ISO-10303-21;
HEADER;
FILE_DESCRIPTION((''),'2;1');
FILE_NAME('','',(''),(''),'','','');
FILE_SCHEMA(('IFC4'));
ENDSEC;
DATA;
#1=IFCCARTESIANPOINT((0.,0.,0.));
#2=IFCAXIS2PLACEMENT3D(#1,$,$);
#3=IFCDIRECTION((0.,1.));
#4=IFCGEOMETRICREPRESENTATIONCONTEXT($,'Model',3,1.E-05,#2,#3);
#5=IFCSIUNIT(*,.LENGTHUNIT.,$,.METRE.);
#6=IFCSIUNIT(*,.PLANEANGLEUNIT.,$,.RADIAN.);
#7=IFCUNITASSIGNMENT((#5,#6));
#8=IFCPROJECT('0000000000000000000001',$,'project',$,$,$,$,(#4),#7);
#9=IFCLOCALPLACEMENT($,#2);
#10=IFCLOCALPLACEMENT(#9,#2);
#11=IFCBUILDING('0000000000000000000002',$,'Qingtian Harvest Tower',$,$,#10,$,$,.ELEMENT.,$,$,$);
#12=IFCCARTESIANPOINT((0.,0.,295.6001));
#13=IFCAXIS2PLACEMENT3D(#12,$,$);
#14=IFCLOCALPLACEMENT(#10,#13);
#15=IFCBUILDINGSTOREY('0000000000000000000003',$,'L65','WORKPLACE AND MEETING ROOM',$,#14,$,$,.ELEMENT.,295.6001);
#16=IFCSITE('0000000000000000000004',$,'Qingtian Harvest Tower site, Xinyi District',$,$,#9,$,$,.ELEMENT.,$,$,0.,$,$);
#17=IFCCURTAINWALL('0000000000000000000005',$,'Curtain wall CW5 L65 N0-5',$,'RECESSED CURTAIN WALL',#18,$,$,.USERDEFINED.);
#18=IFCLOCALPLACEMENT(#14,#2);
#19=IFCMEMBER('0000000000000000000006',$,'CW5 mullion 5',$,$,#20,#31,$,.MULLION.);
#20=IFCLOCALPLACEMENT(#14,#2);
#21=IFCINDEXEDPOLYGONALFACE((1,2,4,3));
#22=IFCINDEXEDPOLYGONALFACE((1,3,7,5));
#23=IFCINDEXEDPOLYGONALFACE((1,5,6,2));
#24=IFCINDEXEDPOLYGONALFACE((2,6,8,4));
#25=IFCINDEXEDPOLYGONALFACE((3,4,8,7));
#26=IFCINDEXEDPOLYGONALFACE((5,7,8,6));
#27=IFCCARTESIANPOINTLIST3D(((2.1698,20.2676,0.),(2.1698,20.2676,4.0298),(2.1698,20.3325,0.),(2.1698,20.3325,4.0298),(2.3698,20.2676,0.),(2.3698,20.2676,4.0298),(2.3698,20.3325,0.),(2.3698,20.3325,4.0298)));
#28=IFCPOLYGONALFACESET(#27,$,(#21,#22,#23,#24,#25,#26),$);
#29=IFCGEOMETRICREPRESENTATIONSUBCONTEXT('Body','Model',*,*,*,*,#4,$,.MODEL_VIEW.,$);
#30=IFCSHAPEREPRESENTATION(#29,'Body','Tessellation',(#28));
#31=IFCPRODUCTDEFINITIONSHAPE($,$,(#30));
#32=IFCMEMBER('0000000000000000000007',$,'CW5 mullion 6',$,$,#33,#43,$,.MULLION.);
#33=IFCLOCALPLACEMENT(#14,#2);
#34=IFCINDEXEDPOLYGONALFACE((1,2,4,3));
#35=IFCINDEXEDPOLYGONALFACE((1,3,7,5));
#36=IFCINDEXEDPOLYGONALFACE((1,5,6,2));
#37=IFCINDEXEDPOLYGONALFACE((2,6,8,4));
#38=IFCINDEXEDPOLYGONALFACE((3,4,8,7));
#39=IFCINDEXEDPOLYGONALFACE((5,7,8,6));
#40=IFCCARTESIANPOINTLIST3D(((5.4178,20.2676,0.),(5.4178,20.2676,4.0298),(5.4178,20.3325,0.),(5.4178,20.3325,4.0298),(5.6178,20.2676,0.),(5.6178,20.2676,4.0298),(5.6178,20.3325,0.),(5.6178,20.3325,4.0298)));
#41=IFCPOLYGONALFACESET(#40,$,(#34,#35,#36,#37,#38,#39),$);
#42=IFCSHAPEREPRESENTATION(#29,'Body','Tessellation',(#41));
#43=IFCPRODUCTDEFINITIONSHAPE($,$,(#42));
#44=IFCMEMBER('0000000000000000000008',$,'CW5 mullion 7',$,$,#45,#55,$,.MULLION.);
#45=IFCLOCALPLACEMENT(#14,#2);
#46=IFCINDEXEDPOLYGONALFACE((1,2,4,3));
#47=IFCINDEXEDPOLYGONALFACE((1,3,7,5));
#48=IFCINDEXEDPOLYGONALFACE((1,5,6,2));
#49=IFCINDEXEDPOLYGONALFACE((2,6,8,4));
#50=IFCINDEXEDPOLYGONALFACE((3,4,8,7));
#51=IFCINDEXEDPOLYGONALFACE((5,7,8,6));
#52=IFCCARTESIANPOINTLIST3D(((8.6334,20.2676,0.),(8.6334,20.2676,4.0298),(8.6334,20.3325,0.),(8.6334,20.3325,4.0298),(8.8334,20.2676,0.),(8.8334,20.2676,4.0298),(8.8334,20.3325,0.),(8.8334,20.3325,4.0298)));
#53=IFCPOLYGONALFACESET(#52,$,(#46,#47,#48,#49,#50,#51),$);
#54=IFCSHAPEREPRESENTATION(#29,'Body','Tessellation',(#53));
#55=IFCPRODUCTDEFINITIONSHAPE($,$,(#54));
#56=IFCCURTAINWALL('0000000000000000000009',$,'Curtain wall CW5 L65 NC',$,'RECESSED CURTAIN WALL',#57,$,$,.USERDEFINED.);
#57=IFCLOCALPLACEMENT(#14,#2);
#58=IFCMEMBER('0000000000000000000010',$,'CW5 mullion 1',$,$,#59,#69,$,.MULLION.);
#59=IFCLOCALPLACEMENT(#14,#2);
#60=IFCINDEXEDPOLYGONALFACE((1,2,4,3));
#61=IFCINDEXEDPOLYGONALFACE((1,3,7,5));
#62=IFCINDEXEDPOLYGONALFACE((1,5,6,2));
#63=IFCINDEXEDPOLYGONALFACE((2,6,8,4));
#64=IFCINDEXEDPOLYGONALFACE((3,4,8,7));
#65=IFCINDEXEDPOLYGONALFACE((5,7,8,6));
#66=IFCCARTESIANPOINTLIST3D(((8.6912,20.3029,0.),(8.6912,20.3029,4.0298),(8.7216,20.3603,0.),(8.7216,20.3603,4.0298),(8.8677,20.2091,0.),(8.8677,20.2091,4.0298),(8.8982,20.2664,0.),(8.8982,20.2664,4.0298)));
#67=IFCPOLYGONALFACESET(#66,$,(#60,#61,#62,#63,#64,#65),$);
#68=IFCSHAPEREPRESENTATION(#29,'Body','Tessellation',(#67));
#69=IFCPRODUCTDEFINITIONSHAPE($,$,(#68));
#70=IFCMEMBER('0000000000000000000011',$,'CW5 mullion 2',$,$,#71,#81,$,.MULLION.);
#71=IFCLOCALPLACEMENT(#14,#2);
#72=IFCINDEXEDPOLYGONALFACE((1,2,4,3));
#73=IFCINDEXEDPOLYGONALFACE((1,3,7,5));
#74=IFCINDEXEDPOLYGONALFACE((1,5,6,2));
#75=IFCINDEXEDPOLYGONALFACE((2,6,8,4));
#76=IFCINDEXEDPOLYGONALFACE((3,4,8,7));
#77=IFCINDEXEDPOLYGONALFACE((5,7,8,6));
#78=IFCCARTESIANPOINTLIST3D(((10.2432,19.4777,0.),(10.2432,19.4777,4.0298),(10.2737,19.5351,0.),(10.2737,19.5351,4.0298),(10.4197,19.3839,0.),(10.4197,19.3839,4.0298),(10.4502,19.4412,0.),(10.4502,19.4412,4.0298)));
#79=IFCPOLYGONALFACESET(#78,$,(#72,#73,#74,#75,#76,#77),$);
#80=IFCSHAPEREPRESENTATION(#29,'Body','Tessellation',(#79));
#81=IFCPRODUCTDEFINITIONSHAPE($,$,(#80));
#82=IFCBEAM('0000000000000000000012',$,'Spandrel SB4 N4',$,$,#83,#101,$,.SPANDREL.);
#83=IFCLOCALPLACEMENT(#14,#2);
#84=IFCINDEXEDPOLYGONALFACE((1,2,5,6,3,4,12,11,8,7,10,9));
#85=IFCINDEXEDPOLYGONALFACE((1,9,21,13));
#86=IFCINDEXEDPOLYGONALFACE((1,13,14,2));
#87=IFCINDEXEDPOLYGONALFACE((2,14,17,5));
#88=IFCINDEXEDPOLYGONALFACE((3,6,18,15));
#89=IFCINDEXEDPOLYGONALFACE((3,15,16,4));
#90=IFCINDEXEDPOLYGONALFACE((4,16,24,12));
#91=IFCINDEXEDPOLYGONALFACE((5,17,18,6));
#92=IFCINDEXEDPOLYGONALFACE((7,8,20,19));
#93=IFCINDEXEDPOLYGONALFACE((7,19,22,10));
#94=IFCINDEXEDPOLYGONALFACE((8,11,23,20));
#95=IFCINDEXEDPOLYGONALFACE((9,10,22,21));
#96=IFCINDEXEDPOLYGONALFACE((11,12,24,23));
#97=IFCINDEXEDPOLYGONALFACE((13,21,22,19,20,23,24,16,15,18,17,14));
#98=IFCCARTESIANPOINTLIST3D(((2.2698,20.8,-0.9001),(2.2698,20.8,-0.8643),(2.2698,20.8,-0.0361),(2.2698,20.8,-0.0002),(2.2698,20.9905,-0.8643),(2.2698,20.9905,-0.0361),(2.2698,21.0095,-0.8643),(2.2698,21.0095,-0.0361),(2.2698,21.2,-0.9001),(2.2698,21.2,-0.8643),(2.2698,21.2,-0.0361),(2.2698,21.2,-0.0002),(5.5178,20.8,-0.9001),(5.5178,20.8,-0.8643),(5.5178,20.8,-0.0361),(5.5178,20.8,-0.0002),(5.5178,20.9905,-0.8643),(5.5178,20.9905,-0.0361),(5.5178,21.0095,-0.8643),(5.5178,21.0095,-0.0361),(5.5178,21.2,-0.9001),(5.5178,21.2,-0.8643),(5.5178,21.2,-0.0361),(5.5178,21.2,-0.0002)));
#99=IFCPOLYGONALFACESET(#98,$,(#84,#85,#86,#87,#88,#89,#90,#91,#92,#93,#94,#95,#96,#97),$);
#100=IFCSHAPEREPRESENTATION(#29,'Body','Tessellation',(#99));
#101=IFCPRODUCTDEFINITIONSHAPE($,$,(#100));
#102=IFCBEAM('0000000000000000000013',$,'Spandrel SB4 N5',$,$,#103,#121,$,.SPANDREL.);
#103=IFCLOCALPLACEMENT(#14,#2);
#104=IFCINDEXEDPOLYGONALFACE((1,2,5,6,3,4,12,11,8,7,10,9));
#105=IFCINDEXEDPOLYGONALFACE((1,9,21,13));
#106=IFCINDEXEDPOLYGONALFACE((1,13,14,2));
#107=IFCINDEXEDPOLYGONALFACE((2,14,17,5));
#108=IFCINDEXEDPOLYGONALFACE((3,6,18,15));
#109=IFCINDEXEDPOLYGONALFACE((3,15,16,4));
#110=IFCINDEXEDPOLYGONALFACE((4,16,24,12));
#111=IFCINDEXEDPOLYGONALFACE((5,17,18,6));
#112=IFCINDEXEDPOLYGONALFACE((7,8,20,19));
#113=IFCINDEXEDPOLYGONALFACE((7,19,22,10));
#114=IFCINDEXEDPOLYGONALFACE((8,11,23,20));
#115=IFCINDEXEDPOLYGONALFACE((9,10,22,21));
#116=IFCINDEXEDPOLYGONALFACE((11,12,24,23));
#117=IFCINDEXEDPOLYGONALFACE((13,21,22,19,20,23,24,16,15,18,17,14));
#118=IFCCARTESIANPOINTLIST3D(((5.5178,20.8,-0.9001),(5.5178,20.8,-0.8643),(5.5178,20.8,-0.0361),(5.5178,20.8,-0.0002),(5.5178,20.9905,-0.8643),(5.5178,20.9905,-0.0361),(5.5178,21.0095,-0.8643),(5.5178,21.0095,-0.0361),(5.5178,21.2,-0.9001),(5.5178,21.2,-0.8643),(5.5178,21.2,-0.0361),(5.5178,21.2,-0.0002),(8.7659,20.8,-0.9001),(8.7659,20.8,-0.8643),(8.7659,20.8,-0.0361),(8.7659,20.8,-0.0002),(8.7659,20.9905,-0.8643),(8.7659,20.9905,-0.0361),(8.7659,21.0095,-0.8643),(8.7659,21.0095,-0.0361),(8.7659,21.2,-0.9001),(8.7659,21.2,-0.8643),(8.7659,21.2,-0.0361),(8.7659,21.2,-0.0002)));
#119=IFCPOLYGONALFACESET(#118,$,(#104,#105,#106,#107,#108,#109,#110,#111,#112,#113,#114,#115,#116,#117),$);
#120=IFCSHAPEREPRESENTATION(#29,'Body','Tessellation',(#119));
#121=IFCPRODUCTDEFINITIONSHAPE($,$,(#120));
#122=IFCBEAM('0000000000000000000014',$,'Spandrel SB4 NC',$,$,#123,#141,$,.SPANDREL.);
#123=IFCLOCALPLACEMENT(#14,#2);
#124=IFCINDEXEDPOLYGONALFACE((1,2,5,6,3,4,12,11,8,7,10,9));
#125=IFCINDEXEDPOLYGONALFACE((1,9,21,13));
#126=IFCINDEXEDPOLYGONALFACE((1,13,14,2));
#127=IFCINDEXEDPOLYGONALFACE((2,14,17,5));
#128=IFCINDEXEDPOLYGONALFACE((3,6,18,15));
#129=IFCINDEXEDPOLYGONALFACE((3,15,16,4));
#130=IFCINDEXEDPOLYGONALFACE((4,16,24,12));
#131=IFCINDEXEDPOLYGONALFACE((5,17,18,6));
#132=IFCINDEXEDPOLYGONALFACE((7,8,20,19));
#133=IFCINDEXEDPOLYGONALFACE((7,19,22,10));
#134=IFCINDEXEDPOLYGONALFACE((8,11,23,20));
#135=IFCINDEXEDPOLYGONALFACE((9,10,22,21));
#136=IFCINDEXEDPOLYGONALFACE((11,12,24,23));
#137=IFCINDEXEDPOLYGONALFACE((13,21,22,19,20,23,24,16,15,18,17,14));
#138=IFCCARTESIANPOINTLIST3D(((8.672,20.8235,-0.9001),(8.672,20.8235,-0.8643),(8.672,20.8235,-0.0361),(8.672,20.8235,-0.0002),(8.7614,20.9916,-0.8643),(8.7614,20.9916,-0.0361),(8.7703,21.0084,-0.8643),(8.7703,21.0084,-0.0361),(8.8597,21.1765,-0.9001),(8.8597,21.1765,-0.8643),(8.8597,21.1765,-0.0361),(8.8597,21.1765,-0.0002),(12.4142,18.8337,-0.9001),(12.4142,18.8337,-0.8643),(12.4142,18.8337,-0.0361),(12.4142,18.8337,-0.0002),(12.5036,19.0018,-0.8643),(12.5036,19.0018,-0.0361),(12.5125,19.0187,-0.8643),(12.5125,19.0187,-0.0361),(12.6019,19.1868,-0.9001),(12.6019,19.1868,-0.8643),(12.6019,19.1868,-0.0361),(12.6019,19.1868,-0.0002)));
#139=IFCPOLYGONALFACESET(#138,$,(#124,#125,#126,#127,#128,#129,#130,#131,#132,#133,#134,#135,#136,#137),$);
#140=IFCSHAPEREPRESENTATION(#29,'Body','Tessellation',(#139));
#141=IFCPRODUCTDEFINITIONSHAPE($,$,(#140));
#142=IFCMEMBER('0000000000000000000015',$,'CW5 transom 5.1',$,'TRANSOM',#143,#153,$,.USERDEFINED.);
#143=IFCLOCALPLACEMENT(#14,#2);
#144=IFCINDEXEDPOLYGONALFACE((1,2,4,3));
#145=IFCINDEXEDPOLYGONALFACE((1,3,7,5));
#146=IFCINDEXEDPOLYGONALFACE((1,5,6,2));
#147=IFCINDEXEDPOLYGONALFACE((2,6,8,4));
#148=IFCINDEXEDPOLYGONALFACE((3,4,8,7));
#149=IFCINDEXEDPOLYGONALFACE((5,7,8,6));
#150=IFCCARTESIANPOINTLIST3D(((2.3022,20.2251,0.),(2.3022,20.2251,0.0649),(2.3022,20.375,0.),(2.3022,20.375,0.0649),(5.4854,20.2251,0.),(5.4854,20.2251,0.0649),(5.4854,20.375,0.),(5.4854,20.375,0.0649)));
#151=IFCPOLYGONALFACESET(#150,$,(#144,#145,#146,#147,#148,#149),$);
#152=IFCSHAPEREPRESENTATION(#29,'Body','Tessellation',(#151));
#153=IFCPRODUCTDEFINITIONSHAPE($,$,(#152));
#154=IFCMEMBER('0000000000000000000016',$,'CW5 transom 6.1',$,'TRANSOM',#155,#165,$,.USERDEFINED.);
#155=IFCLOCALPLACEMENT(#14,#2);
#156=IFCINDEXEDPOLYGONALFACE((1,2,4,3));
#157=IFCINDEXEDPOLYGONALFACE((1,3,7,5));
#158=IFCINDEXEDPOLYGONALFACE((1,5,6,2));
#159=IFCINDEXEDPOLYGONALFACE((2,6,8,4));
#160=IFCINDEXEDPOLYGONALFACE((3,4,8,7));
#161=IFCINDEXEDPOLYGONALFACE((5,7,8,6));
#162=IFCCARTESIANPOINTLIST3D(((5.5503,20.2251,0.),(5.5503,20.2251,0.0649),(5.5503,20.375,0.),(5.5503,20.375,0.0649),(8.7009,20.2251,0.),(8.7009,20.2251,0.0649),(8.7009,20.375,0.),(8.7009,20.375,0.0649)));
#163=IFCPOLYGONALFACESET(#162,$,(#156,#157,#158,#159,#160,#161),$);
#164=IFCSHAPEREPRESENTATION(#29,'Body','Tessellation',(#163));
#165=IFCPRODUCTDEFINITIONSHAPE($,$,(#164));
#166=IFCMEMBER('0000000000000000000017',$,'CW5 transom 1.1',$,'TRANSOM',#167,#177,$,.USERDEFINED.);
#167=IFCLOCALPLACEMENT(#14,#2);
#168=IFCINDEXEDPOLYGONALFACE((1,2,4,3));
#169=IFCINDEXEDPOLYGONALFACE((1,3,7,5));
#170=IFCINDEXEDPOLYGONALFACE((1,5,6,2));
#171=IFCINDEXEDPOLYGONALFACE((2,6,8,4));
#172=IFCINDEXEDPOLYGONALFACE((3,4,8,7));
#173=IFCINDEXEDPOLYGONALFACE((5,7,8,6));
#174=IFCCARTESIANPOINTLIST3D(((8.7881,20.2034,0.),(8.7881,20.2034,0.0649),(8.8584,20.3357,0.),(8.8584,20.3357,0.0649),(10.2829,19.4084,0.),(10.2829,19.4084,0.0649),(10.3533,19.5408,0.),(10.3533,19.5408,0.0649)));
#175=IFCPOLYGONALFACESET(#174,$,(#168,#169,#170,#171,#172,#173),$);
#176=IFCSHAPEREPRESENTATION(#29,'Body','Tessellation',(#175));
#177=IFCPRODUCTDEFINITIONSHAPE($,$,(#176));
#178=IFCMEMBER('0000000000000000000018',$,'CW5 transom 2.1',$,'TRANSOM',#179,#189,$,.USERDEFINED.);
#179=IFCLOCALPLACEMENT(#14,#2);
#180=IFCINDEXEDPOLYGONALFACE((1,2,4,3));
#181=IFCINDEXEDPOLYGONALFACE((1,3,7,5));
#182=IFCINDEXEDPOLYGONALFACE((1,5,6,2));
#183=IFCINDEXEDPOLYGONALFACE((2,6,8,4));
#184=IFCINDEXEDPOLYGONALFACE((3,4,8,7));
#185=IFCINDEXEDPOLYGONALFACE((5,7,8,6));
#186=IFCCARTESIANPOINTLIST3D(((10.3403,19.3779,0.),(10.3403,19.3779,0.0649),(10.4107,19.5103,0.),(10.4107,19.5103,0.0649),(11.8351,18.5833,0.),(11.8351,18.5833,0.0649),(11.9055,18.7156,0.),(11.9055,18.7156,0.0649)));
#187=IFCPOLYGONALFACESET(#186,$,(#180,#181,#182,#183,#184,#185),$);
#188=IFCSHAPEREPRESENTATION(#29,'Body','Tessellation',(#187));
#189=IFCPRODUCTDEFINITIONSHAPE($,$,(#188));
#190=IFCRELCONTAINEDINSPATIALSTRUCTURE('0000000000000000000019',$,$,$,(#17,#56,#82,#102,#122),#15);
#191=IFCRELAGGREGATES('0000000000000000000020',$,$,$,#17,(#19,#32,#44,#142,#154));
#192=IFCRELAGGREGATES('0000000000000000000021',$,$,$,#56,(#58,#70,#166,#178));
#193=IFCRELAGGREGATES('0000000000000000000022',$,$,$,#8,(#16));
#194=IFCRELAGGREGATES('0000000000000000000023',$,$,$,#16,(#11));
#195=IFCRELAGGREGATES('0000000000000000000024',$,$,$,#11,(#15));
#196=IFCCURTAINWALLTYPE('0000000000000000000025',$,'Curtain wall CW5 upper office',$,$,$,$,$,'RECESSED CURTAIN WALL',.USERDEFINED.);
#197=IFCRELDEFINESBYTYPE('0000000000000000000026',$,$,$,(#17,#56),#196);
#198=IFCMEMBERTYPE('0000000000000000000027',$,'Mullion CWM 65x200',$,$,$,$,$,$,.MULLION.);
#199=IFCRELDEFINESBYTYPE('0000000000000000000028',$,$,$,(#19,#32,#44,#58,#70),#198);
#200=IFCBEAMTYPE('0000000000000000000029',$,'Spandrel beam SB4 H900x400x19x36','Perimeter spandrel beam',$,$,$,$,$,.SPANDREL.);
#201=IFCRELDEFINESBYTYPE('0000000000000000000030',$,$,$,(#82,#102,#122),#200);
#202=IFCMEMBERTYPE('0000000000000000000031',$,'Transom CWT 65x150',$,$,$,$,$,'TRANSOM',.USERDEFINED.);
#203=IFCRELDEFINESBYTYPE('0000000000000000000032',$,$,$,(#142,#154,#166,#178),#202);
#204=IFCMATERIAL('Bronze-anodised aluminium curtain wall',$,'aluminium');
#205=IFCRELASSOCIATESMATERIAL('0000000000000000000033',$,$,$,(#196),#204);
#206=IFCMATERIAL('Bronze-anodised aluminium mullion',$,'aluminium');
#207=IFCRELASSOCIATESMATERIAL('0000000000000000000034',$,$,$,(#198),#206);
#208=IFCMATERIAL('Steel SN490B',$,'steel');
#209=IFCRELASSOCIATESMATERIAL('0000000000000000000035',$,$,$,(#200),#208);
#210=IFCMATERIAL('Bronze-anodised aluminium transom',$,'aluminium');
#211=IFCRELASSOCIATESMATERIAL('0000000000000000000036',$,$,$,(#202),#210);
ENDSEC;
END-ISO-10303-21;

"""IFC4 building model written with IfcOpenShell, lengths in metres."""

from ifc_helpers import new_model, si_unit, direction, frame, origin, origin_2d, place, context, subcontext, project, spatial, rectangle, i_section, extrude, material, material_profile, profile_set, type_object, element, aggregate, save


model = new_model("IFC4")

# Units and contexts
model_context = context("Model", 3, precision=1e-05, world=origin(), true_north=direction((0.0, 1.0)))
body_context = subcontext(model_context, "Body", "Model", "MODEL_VIEW")
ifc_project = project(units=[si_unit("LENGTHUNIT", "METRE"), si_unit("PLANEANGLEUNIT", "RADIAN")], contexts=[model_context])

# Site, building, storey
site_placement = place(None, origin())
site = spatial("IfcSite", under=ifc_project, at=site_placement, Name="Qingtian Harvest Tower site, Xinyi District", CompositionType="ELEMENT", RefElevation=0.0)
building_placement = place(site_placement, origin())
building = spatial("IfcBuilding", under=site, at=building_placement, Name="Qingtian Harvest Tower", CompositionType="ELEMENT")
storey_placement = place(building_placement, frame((0.0, 0.0, 295.6001)))
storey = spatial("IfcBuildingStorey", under=building, at=storey_placement, Name="L65", Description="WORKPLACE AND MEETING ROOM", CompositionType="ELEMENT", Elevation=295.6001)

# Curtain walls, members
ifc_material_1 = material(Name="Bronze-anodised aluminium curtain wall", Category="aluminium")
curtain_wall_type = type_object("IfcCurtainWallType", Name="Curtain wall CW5 upper office", ElementType="RECESSED CURTAIN WALL", PredefinedType="USERDEFINED", material=ifc_material_1)
curtain_wall_1_placement = place(storey_placement, origin())
curtain_wall_1 = element("IfcCurtainWall", 1, at=curtain_wall_1_placement, inside=storey, type_object=curtain_wall_type, Name="Curtain wall CW5 L65 N0-5", ObjectType="RECESSED CURTAIN WALL", PredefinedType="USERDEFINED")
ifc_material_2 = material(Name="Bronze-anodised aluminium mullion", Category="aluminium")
ifc_material_profile_1 = material_profile(ifc_material_2, rectangle(XDim=0.0649, YDim=0.2, at=origin_2d()), Name="AL 65x200")
ifc_profile_set_1 = profile_set([ifc_material_profile_1], Name="Bronze-anodised aluminium mullion")
member_type_1 = type_object("IfcMemberType", Name="Mullion CWM 65x200", PredefinedType="MULLION", material=ifc_profile_set_1)
member_1_placement = place(storey_placement, frame((2.2698, 20.3, 0.0), z_axis=(0.0, 0.0, 1.0), x_axis=(0.0, 1.0, 0.0)))
member_1 = element("IfcMember", 2, at=member_1_placement, type_object=member_type_1, Name="CW5 mullion 5", PredefinedType="MULLION", context=body_context, shape_type="SweptSolid", body=[
    extrude(rectangle(XDim=0.0649, YDim=0.2, at=origin_2d()), origin(), (0.0, 0.0, 1.0), 4.0298),
])
member_2_placement = place(storey_placement, frame((5.5178, 20.3, 0.0), z_axis=(0.0, 0.0, 1.0), x_axis=(0.0, 1.0, 0.0)))
member_2 = element("IfcMember", 3, at=member_2_placement, type_object=member_type_1, Name="CW5 mullion 6", PredefinedType="MULLION", context=body_context, shape_type="SweptSolid", body=[
    extrude(rectangle(XDim=0.0649, YDim=0.2, at=origin_2d()), origin(), (0.0, 0.0, 1.0), 4.0298),
])
member_3_placement = place(storey_placement, frame((8.7334, 20.3, 0.0), z_axis=(0.0, 0.0, 1.0), x_axis=(0.0, 1.0, 0.0)))
member_3 = element("IfcMember", 4, at=member_3_placement, type_object=member_type_1, Name="CW5 mullion 7", PredefinedType="MULLION", context=body_context, shape_type="SweptSolid", body=[
    extrude(rectangle(XDim=0.0649, YDim=0.2, at=origin_2d()), origin(), (0.0, 0.0, 1.0), 4.0298),
])
curtain_wall_2_placement = place(storey_placement, origin())
curtain_wall_2 = element("IfcCurtainWall", 5, at=curtain_wall_2_placement, inside=storey, type_object=curtain_wall_type, Name="Curtain wall CW5 L65 NC", ObjectType="RECESSED CURTAIN WALL", PredefinedType="USERDEFINED")
member_4_placement = place(storey_placement, frame((8.7947, 20.2847, 0.0), z_axis=(0.0, 0.0, 1.0), x_axis=(0.469472, 0.882948, 0.0)))
member_4 = element("IfcMember", 6, at=member_4_placement, type_object=member_type_1, Name="CW5 mullion 1", PredefinedType="MULLION", context=body_context, shape_type="SweptSolid", body=[
    extrude(rectangle(XDim=0.0649, YDim=0.2, at=origin_2d()), origin(), (0.0, 0.0, 1.0), 4.0298),
])
member_5_placement = place(storey_placement, frame((10.3467, 19.4595, 0.0), z_axis=(0.0, 0.0, 1.0), x_axis=(0.469472, 0.882948, 0.0)))
member_5 = element("IfcMember", 7, at=member_5_placement, type_object=member_type_1, Name="CW5 mullion 2", PredefinedType="MULLION", context=body_context, shape_type="SweptSolid", body=[
    extrude(rectangle(XDim=0.0649, YDim=0.2, at=origin_2d()), origin(), (0.0, 0.0, 1.0), 4.0298),
])

# Beams
ifc_material_3 = material(Name="Steel SN490B", Category="steel")
ifc_material_profile_2 = material_profile(ifc_material_3, i_section(OverallWidth=0.3999, OverallDepth=0.8999, WebThickness=0.019, FlangeThickness=0.0359, at=origin_2d()), Name="H900x400x19x36")
ifc_profile_set_2 = profile_set([ifc_material_profile_2], Name="Steel SN490B")
beam_type_1 = type_object("IfcBeamType", Name="Spandrel beam SB4 H900x400x19x36", Description="Perimeter spandrel beam", PredefinedType="SPANDREL", material=ifc_profile_set_2)
for number, where, z_axis, x_axis, name in (
    (8, (2.2698, 21.0, -0.4502), (1.0, 0.0, 0.0), (0.0, 1.0, 0.0), "Spandrel SB4 N4"),
    (9, (5.5178, 21.0, -0.4502), (1.0, 0.0, 0.0), (0.0, 1.0, 0.0), "Spandrel SB4 N5"),
):
    element("IfcBeam", number, at=place(storey_placement, frame(where, z_axis=z_axis, x_axis=x_axis)), inside=storey, type_object=beam_type_1, Name=name, PredefinedType="SPANDREL", context=body_context, shape_type="SweptSolid", body=[
        extrude(i_section(OverallWidth=0.3999, OverallDepth=0.8999, WebThickness=0.019, FlangeThickness=0.0359, at=origin_2d()), origin(), (0.0, 0.0, 1.0), 3.248),
    ])
beam_1_placement = place(storey_placement, frame((8.7659, 21.0, -0.4502), z_axis=(0.882949, -0.46947, 0.0), x_axis=(0.46947, 0.882949, 0.0)))
element("IfcBeam", 10, at=beam_1_placement, inside=storey, type_object=beam_type_1, Name="Spandrel SB4 NC", PredefinedType="SPANDREL", context=body_context, shape_type="SweptSolid", body=[
    extrude(i_section(OverallWidth=0.3999, OverallDepth=0.8999, WebThickness=0.019, FlangeThickness=0.0359, at=origin_2d()), origin(), (0.0, 0.0, 1.0), 4.2383),
])

# Members
ifc_material_4 = material(Name="Bronze-anodised aluminium transom", Category="aluminium")
ifc_material_profile_3 = material_profile(ifc_material_4, rectangle(XDim=0.1499, YDim=0.0649, at=origin_2d()), Name="AL 65x150")
ifc_profile_set_3 = profile_set([ifc_material_profile_3], Name="Bronze-anodised aluminium transom")
member_type_2 = type_object("IfcMemberType", Name="Transom CWT 65x150", ElementType="TRANSOM", PredefinedType="USERDEFINED", material=ifc_profile_set_3)
member_6_placement = place(storey_placement, frame((2.3022, 20.3, 0.0325), z_axis=(1.0, 0.0, 0.0), x_axis=(0.0, 1.0, 0.0)))
member_6 = element("IfcMember", 11, at=member_6_placement, type_object=member_type_2, Name="CW5 transom 5.1", ObjectType="TRANSOM", PredefinedType="USERDEFINED", context=body_context, shape_type="SweptSolid", body=[
    extrude(rectangle(XDim=0.1499, YDim=0.0649, at=origin_2d()), origin(), (0.0, 0.0, 1.0), 3.1831),
])
member_7_placement = place(storey_placement, frame((5.5503, 20.3, 0.0325), z_axis=(1.0, 0.0, 0.0), x_axis=(0.0, 1.0, 0.0)))
member_7 = element("IfcMember", 12, at=member_7_placement, type_object=member_type_2, Name="CW5 transom 6.1", ObjectType="TRANSOM", PredefinedType="USERDEFINED", context=body_context, shape_type="SweptSolid", body=[
    extrude(rectangle(XDim=0.1499, YDim=0.0649, at=origin_2d()), origin(), (0.0, 0.0, 1.0), 3.1506),
])
member_8_placement = place(storey_placement, frame((8.8232, 20.2695, 0.0325), z_axis=(0.882927, -0.46951, 0.0), x_axis=(0.46951, 0.882927, 0.0)))
member_8 = element("IfcMember", 13, at=member_8_placement, type_object=member_type_2, Name="CW5 transom 1.1", ObjectType="TRANSOM", PredefinedType="USERDEFINED", context=body_context, shape_type="SweptSolid", body=[
    extrude(rectangle(XDim=0.1499, YDim=0.0649, at=origin_2d()), origin(), (0.0, 0.0, 1.0), 1.6931),
])
member_9_placement = place(storey_placement, frame((10.3755, 19.4441, 0.0325), z_axis=(0.882987, -0.469398, 0.0), x_axis=(0.469398, 0.882987, 0.0)))
member_9 = element("IfcMember", 14, at=member_9_placement, type_object=member_type_2, Name="CW5 transom 2.1", ObjectType="TRANSOM", PredefinedType="USERDEFINED", context=body_context, shape_type="SweptSolid", body=[
    extrude(rectangle(XDim=0.1499, YDim=0.0649, at=origin_2d()), origin(), (0.0, 0.0, 1.0), 1.6929),
])

aggregate(curtain_wall_1, [member_1, member_2, member_3, member_6, member_7])
aggregate(curtain_wall_2, [member_4, member_5, member_8, member_9])

save(model, "model.ifc")
